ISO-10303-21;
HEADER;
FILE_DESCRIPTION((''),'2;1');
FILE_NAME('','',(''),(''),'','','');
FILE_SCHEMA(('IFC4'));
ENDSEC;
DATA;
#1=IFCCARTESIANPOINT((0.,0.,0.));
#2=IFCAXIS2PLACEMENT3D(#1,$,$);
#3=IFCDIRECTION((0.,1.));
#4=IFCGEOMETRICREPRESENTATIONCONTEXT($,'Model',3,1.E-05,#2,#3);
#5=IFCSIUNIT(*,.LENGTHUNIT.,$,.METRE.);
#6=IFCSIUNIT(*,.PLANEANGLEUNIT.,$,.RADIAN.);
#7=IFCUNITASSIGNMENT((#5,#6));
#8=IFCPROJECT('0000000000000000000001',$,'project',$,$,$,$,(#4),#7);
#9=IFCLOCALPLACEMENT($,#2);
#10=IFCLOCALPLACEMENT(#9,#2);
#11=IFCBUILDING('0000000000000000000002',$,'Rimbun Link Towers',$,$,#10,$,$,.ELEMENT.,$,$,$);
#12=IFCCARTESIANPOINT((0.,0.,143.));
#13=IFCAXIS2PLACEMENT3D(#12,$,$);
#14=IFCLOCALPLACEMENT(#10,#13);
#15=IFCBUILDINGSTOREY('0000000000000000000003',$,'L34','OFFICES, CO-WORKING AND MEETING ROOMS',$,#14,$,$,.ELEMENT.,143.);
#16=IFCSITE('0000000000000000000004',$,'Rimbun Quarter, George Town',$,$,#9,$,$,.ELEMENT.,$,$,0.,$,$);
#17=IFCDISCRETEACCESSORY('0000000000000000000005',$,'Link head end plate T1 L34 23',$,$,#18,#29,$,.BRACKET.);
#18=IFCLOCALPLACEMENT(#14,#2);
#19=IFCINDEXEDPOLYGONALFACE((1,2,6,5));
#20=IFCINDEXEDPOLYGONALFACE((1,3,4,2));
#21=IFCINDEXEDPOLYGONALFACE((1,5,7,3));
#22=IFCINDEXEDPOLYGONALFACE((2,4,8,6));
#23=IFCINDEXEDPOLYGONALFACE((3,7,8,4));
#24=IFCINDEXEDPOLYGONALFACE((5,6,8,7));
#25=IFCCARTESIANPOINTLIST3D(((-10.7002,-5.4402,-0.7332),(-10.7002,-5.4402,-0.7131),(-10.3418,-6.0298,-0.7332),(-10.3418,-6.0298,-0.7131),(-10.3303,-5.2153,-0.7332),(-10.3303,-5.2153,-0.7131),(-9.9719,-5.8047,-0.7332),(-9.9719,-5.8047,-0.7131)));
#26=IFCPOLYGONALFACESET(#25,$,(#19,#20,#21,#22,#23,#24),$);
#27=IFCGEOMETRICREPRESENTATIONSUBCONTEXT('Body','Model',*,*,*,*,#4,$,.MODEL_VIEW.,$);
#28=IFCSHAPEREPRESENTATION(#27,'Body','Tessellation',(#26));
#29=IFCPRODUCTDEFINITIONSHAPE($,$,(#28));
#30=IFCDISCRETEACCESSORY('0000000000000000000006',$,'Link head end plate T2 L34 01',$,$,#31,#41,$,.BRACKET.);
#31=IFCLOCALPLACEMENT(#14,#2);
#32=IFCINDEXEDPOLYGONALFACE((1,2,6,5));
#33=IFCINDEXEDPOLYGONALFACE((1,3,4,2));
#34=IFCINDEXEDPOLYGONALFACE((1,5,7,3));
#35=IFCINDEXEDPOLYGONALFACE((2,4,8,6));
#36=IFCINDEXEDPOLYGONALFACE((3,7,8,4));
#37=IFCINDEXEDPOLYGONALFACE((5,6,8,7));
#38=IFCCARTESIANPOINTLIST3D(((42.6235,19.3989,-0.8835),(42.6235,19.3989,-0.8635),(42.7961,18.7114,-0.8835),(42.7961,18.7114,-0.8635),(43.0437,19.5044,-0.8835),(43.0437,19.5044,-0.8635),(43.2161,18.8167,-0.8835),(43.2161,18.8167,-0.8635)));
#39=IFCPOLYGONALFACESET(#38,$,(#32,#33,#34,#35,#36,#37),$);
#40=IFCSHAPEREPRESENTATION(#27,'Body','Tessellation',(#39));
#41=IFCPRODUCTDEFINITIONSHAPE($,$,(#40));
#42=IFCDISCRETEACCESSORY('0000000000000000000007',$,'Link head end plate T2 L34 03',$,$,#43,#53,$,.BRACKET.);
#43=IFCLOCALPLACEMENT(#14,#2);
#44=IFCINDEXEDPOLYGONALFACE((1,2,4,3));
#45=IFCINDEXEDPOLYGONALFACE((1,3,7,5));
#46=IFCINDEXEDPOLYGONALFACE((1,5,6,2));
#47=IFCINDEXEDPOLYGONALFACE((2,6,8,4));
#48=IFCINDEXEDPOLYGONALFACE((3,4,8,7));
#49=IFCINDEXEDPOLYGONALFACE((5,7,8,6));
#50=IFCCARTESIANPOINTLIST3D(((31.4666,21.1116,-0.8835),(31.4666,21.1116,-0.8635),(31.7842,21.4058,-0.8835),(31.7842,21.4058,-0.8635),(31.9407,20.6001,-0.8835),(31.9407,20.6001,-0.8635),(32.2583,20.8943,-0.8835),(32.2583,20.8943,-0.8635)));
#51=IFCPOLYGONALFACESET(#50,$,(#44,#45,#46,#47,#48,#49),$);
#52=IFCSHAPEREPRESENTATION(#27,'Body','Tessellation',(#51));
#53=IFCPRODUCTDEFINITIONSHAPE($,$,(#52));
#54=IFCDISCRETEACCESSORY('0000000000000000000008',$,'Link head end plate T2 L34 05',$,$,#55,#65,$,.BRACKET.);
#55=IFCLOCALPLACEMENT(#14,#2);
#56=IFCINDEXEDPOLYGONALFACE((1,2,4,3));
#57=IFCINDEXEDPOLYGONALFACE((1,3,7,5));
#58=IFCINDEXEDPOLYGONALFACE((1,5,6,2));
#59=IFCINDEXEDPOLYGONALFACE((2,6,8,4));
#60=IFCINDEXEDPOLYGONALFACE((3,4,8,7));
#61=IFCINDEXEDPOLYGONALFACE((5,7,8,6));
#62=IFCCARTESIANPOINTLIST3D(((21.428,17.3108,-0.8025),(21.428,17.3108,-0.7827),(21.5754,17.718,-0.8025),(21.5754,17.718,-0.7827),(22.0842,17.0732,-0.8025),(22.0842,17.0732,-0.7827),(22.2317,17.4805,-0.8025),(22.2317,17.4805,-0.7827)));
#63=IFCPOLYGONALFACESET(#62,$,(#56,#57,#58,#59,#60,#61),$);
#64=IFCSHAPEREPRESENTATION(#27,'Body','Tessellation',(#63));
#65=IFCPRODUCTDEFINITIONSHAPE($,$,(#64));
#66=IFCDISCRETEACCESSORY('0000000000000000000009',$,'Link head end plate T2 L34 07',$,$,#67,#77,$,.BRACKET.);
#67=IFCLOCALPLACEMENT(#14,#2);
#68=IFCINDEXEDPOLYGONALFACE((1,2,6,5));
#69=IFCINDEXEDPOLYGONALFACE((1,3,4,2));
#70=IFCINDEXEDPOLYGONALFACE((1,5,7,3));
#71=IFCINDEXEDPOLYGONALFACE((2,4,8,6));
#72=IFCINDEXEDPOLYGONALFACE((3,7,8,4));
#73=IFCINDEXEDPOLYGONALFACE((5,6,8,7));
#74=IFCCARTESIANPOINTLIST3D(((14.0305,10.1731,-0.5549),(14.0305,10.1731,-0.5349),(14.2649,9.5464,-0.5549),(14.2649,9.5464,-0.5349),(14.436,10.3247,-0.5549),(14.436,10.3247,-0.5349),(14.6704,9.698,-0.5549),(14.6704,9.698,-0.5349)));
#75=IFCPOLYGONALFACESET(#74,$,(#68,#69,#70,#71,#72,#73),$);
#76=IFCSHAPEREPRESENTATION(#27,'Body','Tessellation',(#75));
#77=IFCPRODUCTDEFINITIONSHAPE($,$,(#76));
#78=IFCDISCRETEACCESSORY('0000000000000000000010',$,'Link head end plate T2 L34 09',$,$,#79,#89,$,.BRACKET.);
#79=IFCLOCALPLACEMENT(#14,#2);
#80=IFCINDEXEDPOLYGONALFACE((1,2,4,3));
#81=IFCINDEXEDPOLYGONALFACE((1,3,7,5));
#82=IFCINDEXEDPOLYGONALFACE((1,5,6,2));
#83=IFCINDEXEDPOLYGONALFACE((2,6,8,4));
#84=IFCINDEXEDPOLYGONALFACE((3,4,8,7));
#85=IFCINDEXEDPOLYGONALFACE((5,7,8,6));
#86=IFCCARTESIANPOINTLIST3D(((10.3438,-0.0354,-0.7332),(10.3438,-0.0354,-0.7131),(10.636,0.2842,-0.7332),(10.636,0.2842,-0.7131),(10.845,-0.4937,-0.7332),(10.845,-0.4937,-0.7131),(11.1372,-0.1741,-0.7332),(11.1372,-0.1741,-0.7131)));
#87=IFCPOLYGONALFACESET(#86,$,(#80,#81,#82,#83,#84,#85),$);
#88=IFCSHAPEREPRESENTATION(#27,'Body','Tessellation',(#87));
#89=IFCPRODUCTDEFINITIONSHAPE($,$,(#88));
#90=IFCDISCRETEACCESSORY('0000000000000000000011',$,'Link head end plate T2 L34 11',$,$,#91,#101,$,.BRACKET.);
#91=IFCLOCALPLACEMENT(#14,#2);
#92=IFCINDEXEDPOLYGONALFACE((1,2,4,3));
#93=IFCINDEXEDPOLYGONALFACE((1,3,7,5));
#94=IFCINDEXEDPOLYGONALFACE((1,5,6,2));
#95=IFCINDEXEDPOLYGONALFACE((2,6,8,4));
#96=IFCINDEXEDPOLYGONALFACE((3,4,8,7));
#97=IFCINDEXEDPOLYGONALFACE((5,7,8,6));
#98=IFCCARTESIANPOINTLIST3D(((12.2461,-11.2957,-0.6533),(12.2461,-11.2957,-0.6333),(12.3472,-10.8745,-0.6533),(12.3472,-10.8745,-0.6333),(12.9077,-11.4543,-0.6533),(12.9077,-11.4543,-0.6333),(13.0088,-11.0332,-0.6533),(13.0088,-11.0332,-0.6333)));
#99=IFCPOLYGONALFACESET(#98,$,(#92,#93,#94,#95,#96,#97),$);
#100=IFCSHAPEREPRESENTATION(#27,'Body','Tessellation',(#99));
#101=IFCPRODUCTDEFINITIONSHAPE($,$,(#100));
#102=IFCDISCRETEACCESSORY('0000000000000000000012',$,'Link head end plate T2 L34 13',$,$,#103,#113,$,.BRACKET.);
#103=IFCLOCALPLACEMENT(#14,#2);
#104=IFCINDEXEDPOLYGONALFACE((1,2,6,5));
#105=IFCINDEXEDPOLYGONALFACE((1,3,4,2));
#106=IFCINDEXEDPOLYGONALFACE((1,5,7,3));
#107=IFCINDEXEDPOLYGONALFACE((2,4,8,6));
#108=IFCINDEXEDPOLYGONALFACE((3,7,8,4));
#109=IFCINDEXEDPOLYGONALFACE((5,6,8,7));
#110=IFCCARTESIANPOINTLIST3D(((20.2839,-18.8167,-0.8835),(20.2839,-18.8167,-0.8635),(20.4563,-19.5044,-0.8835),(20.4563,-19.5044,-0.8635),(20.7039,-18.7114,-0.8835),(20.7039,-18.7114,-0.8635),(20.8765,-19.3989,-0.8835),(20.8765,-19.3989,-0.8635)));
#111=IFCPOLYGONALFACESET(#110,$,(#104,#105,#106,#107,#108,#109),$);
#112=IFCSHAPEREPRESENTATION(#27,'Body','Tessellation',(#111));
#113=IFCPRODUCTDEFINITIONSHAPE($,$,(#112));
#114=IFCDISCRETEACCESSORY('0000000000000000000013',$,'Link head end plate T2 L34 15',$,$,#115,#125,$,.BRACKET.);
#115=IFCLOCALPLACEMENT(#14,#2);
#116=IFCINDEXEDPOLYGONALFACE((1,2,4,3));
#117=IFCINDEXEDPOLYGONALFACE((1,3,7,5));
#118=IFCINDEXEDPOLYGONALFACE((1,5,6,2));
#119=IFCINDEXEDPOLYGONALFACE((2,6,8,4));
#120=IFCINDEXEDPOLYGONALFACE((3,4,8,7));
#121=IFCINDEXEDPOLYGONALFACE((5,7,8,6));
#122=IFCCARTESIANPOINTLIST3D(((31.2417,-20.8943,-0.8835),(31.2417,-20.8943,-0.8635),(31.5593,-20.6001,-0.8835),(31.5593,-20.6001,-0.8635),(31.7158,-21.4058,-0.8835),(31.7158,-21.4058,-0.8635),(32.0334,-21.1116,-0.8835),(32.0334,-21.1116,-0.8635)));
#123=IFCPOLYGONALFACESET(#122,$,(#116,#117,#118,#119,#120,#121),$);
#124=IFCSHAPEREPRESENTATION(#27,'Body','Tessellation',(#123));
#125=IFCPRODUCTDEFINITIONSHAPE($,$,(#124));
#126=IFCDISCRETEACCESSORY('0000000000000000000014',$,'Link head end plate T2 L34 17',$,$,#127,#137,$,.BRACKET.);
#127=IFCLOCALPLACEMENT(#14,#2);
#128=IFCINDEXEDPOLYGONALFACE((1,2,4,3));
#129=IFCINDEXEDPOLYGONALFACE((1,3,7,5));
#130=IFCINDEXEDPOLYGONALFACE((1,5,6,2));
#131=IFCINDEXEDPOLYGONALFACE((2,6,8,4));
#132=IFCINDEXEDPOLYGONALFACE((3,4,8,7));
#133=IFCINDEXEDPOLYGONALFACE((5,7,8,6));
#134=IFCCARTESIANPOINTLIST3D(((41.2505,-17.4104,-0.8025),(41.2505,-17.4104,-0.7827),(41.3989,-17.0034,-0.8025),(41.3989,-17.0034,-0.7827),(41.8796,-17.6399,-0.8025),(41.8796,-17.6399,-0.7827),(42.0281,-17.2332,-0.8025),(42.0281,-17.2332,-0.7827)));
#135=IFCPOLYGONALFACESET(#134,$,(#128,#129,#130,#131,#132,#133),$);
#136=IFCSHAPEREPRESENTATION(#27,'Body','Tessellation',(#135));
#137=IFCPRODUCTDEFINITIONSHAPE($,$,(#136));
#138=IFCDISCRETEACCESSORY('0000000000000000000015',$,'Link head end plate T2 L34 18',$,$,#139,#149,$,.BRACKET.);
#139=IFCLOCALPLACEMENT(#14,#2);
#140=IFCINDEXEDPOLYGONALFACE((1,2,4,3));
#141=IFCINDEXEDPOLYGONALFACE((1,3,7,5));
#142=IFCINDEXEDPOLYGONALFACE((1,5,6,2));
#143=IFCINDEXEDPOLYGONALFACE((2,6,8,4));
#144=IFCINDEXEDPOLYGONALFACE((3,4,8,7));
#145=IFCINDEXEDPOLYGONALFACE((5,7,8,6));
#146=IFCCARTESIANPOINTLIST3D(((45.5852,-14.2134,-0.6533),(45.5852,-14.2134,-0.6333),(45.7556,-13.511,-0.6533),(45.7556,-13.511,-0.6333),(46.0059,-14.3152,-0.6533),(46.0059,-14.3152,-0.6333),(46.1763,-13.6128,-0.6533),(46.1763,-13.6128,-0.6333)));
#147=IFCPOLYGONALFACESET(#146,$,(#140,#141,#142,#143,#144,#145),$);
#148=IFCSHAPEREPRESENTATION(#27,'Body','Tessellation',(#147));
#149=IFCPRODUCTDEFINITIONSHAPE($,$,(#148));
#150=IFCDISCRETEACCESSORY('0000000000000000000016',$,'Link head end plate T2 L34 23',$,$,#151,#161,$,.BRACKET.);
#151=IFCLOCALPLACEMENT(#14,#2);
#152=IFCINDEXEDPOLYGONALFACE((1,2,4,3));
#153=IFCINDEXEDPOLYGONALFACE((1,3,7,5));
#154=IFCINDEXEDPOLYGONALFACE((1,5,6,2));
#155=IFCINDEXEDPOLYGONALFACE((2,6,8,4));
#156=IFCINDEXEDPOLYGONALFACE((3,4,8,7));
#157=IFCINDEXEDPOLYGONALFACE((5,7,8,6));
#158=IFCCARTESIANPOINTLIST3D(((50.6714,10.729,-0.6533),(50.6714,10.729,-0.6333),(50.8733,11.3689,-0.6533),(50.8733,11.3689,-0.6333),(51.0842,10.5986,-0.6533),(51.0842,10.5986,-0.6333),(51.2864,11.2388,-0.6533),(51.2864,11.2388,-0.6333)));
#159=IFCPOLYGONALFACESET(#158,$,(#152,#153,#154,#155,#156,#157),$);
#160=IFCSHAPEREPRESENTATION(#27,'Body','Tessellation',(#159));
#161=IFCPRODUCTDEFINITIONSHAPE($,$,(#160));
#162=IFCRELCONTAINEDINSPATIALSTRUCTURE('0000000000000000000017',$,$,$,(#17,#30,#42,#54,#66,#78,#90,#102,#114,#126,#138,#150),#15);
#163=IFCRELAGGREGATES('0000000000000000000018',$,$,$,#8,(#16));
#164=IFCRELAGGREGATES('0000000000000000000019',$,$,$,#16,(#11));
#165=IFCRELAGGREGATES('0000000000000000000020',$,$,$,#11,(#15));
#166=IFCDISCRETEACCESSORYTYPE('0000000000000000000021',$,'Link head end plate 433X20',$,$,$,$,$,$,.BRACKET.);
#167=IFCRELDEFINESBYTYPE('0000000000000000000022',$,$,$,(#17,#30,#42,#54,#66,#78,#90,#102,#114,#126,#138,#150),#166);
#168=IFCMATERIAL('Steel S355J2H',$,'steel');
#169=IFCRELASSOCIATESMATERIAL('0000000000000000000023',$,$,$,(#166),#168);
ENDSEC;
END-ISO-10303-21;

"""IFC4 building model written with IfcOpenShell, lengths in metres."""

from ifc_helpers import new_model, si_unit, direction, frame, origin, origin_2d, place, context, subcontext, project, spatial, polyline, rectangle, outline, extrude, material, material_profile, profile_set, type_object, element, save


model = new_model("IFC4")

# Units and contexts
model_context = context("Model", 3, precision=1e-05, world=origin(), true_north=direction((0.0, 1.0)))
body_context = subcontext(model_context, "Body", "Model", "MODEL_VIEW")
ifc_project = project(units=[si_unit("LENGTHUNIT", "METRE"), si_unit("PLANEANGLEUNIT", "RADIAN")], contexts=[model_context])

# Site, building, storey
site_placement = place(None, origin())
site = spatial("IfcSite", under=ifc_project, at=site_placement, Name="Rimbun Quarter, George Town", CompositionType="ELEMENT", RefElevation=0.0)
building_placement = place(site_placement, origin())
building = spatial("IfcBuilding", under=site, at=building_placement, Name="Rimbun Link Towers", CompositionType="ELEMENT")
storey_placement = place(building_placement, frame((0.0, 0.0, 143.0)))
storey = spatial("IfcBuildingStorey", under=building, at=storey_placement, Name="L34", Description="OFFICES, CO-WORKING AND MEETING ROOMS", CompositionType="ELEMENT", Elevation=143.0)

# Discrete accessories
ifc_material_1 = material(Name="Steel S355J2H", Category="steel")
ifc_material_profile_1 = material_profile(ifc_material_1, rectangle(XDim=0.4331, YDim=0.4331, at=origin_2d()), Name="PL 433x433")
ifc_profile_set_1 = profile_set([ifc_material_profile_1], Name="Steel S355J2H")
discrete_accessory_type = type_object("IfcDiscreteAccessoryType", Name="Link head end plate 433X20", PredefinedType="BRACKET", material=ifc_profile_set_1)
discrete_accessory_1_placement = place(storey_placement, frame((0.0, 0.0, -0.7332)))
element("IfcDiscreteAccessory", 1, at=discrete_accessory_1_placement, inside=storey, type_object=discrete_accessory_type, Name="Link head end plate T1 L34 23", PredefinedType="BRACKET", context=body_context, shape_type="SweptSolid", body=[
    extrude(outline(polyline([(-10.7002, -5.4402), (-10.3418, -6.0298), (-9.9719, -5.8047), (-10.3303, -5.2153), (-10.7002, -5.4402)])), origin(), (0.0, 0.0, 1.0), 0.02),
])
discrete_accessory_2_placement = place(storey_placement, frame((0.0, 0.0, -0.8835)))
element("IfcDiscreteAccessory", 2, at=discrete_accessory_2_placement, inside=storey, type_object=discrete_accessory_type, Name="Link head end plate T2 L34 01", PredefinedType="BRACKET", context=body_context, shape_type="SweptSolid", body=[
    extrude(outline(polyline([(43.2161, 18.8167), (43.0437, 19.5044), (42.6235, 19.3989), (42.7961, 18.7114), (43.2161, 18.8167)])), origin(), (0.0, 0.0, 1.0), 0.02),
])
discrete_accessory_3_placement = place(storey_placement, frame((0.0, 0.0, -0.8835)))
element("IfcDiscreteAccessory", 3, at=discrete_accessory_3_placement, inside=storey, type_object=discrete_accessory_type, Name="Link head end plate T2 L34 03", PredefinedType="BRACKET", context=body_context, shape_type="SweptSolid", body=[
    extrude(outline(polyline([(32.2583, 20.8943), (31.7842, 21.4058), (31.4666, 21.1116), (31.9407, 20.6001), (32.2583, 20.8943)])), origin(), (0.0, 0.0, 1.0), 0.02),
])
discrete_accessory_4_placement = place(storey_placement, frame((0.0, 0.0, -0.8025)))
element("IfcDiscreteAccessory", 4, at=discrete_accessory_4_placement, inside=storey, type_object=discrete_accessory_type, Name="Link head end plate T2 L34 05", PredefinedType="BRACKET", context=body_context, shape_type="SweptSolid", body=[
    extrude(outline(polyline([(22.2317, 17.4805), (21.5754, 17.718), (21.428, 17.3108), (22.0842, 17.0732), (22.2317, 17.4805)])), origin(), (0.0, 0.0, 1.0), 0.0198),
])
discrete_accessory_5_placement = place(storey_placement, frame((0.0, 0.0, -0.5549)))
element("IfcDiscreteAccessory", 5, at=discrete_accessory_5_placement, inside=storey, type_object=discrete_accessory_type, Name="Link head end plate T2 L34 07", PredefinedType="BRACKET", context=body_context, shape_type="SweptSolid", body=[
    extrude(outline(polyline([(14.6704, 9.698), (14.436, 10.3247), (14.0305, 10.1731), (14.2649, 9.5464), (14.6704, 9.698)])), origin(), (0.0, 0.0, 1.0), 0.02),
])
discrete_accessory_6_placement = place(storey_placement, frame((0.0, 0.0, -0.7332)))
element("IfcDiscreteAccessory", 6, at=discrete_accessory_6_placement, inside=storey, type_object=discrete_accessory_type, Name="Link head end plate T2 L34 09", PredefinedType="BRACKET", context=body_context, shape_type="SweptSolid", body=[
    extrude(outline(polyline([(11.1372, -0.1741), (10.636, 0.2842), (10.3438, -0.0354), (10.845, -0.4937), (11.1372, -0.1741)])), origin(), (0.0, 0.0, 1.0), 0.02),
])
discrete_accessory_7_placement = place(storey_placement, frame((0.0, 0.0, -0.6533)))
element("IfcDiscreteAccessory", 7, at=discrete_accessory_7_placement, inside=storey, type_object=discrete_accessory_type, Name="Link head end plate T2 L34 11", PredefinedType="BRACKET", context=body_context, shape_type="SweptSolid", body=[
    extrude(outline(polyline([(13.0088, -11.0332), (12.3472, -10.8745), (12.2461, -11.2957), (12.9077, -11.4543), (13.0088, -11.0332)])), origin(), (0.0, 0.0, 1.0), 0.02),
])
discrete_accessory_8_placement = place(storey_placement, frame((0.0, 0.0, -0.8835)))
element("IfcDiscreteAccessory", 8, at=discrete_accessory_8_placement, inside=storey, type_object=discrete_accessory_type, Name="Link head end plate T2 L34 13", PredefinedType="BRACKET", context=body_context, shape_type="SweptSolid", body=[
    extrude(outline(polyline([(20.2839, -18.8167), (20.4563, -19.5044), (20.8765, -19.3989), (20.7039, -18.7114), (20.2839, -18.8167)])), origin(), (0.0, 0.0, 1.0), 0.02),
])
discrete_accessory_9_placement = place(storey_placement, frame((0.0, 0.0, -0.8835)))
element("IfcDiscreteAccessory", 9, at=discrete_accessory_9_placement, inside=storey, type_object=discrete_accessory_type, Name="Link head end plate T2 L34 15", PredefinedType="BRACKET", context=body_context, shape_type="SweptSolid", body=[
    extrude(outline(polyline([(31.2417, -20.8943), (31.7158, -21.4058), (32.0334, -21.1116), (31.5593, -20.6001), (31.2417, -20.8943)])), origin(), (0.0, 0.0, 1.0), 0.02),
])
discrete_accessory_10_placement = place(storey_placement, frame((0.0, 0.0, -0.8025)))
element("IfcDiscreteAccessory", 10, at=discrete_accessory_10_placement, inside=storey, type_object=discrete_accessory_type, Name="Link head end plate T2 L34 17", PredefinedType="BRACKET", context=body_context, shape_type="SweptSolid", body=[
    extrude(outline(polyline([(41.2505, -17.4104), (41.8796, -17.6399), (42.0281, -17.2332), (41.3989, -17.0034), (41.2505, -17.4104)])), origin(), (0.0, 0.0, 1.0), 0.0198),
])
discrete_accessory_11_placement = place(storey_placement, frame((0.0, 0.0, -0.6533)))
element("IfcDiscreteAccessory", 11, at=discrete_accessory_11_placement, inside=storey, type_object=discrete_accessory_type, Name="Link head end plate T2 L34 18", PredefinedType="BRACKET", context=body_context, shape_type="SweptSolid", body=[
    extrude(outline(polyline([(45.7556, -13.511), (45.5852, -14.2134), (46.0059, -14.3152), (46.1763, -13.6128), (45.7556, -13.511)])), origin(), (0.0, 0.0, 1.0), 0.02),
])
discrete_accessory_12_placement = place(storey_placement, frame((0.0, 0.0, -0.6533)))
element("IfcDiscreteAccessory", 12, at=discrete_accessory_12_placement, inside=storey, type_object=discrete_accessory_type, Name="Link head end plate T2 L34 23", PredefinedType="BRACKET", context=body_context, shape_type="SweptSolid", body=[
    extrude(outline(polyline([(51.0842, 10.5986), (51.2864, 11.2388), (50.8733, 11.3689), (50.6714, 10.729), (51.0842, 10.5986)])), origin(), (0.0, 0.0, 1.0), 0.02),
])

save(model, "model.ifc")
